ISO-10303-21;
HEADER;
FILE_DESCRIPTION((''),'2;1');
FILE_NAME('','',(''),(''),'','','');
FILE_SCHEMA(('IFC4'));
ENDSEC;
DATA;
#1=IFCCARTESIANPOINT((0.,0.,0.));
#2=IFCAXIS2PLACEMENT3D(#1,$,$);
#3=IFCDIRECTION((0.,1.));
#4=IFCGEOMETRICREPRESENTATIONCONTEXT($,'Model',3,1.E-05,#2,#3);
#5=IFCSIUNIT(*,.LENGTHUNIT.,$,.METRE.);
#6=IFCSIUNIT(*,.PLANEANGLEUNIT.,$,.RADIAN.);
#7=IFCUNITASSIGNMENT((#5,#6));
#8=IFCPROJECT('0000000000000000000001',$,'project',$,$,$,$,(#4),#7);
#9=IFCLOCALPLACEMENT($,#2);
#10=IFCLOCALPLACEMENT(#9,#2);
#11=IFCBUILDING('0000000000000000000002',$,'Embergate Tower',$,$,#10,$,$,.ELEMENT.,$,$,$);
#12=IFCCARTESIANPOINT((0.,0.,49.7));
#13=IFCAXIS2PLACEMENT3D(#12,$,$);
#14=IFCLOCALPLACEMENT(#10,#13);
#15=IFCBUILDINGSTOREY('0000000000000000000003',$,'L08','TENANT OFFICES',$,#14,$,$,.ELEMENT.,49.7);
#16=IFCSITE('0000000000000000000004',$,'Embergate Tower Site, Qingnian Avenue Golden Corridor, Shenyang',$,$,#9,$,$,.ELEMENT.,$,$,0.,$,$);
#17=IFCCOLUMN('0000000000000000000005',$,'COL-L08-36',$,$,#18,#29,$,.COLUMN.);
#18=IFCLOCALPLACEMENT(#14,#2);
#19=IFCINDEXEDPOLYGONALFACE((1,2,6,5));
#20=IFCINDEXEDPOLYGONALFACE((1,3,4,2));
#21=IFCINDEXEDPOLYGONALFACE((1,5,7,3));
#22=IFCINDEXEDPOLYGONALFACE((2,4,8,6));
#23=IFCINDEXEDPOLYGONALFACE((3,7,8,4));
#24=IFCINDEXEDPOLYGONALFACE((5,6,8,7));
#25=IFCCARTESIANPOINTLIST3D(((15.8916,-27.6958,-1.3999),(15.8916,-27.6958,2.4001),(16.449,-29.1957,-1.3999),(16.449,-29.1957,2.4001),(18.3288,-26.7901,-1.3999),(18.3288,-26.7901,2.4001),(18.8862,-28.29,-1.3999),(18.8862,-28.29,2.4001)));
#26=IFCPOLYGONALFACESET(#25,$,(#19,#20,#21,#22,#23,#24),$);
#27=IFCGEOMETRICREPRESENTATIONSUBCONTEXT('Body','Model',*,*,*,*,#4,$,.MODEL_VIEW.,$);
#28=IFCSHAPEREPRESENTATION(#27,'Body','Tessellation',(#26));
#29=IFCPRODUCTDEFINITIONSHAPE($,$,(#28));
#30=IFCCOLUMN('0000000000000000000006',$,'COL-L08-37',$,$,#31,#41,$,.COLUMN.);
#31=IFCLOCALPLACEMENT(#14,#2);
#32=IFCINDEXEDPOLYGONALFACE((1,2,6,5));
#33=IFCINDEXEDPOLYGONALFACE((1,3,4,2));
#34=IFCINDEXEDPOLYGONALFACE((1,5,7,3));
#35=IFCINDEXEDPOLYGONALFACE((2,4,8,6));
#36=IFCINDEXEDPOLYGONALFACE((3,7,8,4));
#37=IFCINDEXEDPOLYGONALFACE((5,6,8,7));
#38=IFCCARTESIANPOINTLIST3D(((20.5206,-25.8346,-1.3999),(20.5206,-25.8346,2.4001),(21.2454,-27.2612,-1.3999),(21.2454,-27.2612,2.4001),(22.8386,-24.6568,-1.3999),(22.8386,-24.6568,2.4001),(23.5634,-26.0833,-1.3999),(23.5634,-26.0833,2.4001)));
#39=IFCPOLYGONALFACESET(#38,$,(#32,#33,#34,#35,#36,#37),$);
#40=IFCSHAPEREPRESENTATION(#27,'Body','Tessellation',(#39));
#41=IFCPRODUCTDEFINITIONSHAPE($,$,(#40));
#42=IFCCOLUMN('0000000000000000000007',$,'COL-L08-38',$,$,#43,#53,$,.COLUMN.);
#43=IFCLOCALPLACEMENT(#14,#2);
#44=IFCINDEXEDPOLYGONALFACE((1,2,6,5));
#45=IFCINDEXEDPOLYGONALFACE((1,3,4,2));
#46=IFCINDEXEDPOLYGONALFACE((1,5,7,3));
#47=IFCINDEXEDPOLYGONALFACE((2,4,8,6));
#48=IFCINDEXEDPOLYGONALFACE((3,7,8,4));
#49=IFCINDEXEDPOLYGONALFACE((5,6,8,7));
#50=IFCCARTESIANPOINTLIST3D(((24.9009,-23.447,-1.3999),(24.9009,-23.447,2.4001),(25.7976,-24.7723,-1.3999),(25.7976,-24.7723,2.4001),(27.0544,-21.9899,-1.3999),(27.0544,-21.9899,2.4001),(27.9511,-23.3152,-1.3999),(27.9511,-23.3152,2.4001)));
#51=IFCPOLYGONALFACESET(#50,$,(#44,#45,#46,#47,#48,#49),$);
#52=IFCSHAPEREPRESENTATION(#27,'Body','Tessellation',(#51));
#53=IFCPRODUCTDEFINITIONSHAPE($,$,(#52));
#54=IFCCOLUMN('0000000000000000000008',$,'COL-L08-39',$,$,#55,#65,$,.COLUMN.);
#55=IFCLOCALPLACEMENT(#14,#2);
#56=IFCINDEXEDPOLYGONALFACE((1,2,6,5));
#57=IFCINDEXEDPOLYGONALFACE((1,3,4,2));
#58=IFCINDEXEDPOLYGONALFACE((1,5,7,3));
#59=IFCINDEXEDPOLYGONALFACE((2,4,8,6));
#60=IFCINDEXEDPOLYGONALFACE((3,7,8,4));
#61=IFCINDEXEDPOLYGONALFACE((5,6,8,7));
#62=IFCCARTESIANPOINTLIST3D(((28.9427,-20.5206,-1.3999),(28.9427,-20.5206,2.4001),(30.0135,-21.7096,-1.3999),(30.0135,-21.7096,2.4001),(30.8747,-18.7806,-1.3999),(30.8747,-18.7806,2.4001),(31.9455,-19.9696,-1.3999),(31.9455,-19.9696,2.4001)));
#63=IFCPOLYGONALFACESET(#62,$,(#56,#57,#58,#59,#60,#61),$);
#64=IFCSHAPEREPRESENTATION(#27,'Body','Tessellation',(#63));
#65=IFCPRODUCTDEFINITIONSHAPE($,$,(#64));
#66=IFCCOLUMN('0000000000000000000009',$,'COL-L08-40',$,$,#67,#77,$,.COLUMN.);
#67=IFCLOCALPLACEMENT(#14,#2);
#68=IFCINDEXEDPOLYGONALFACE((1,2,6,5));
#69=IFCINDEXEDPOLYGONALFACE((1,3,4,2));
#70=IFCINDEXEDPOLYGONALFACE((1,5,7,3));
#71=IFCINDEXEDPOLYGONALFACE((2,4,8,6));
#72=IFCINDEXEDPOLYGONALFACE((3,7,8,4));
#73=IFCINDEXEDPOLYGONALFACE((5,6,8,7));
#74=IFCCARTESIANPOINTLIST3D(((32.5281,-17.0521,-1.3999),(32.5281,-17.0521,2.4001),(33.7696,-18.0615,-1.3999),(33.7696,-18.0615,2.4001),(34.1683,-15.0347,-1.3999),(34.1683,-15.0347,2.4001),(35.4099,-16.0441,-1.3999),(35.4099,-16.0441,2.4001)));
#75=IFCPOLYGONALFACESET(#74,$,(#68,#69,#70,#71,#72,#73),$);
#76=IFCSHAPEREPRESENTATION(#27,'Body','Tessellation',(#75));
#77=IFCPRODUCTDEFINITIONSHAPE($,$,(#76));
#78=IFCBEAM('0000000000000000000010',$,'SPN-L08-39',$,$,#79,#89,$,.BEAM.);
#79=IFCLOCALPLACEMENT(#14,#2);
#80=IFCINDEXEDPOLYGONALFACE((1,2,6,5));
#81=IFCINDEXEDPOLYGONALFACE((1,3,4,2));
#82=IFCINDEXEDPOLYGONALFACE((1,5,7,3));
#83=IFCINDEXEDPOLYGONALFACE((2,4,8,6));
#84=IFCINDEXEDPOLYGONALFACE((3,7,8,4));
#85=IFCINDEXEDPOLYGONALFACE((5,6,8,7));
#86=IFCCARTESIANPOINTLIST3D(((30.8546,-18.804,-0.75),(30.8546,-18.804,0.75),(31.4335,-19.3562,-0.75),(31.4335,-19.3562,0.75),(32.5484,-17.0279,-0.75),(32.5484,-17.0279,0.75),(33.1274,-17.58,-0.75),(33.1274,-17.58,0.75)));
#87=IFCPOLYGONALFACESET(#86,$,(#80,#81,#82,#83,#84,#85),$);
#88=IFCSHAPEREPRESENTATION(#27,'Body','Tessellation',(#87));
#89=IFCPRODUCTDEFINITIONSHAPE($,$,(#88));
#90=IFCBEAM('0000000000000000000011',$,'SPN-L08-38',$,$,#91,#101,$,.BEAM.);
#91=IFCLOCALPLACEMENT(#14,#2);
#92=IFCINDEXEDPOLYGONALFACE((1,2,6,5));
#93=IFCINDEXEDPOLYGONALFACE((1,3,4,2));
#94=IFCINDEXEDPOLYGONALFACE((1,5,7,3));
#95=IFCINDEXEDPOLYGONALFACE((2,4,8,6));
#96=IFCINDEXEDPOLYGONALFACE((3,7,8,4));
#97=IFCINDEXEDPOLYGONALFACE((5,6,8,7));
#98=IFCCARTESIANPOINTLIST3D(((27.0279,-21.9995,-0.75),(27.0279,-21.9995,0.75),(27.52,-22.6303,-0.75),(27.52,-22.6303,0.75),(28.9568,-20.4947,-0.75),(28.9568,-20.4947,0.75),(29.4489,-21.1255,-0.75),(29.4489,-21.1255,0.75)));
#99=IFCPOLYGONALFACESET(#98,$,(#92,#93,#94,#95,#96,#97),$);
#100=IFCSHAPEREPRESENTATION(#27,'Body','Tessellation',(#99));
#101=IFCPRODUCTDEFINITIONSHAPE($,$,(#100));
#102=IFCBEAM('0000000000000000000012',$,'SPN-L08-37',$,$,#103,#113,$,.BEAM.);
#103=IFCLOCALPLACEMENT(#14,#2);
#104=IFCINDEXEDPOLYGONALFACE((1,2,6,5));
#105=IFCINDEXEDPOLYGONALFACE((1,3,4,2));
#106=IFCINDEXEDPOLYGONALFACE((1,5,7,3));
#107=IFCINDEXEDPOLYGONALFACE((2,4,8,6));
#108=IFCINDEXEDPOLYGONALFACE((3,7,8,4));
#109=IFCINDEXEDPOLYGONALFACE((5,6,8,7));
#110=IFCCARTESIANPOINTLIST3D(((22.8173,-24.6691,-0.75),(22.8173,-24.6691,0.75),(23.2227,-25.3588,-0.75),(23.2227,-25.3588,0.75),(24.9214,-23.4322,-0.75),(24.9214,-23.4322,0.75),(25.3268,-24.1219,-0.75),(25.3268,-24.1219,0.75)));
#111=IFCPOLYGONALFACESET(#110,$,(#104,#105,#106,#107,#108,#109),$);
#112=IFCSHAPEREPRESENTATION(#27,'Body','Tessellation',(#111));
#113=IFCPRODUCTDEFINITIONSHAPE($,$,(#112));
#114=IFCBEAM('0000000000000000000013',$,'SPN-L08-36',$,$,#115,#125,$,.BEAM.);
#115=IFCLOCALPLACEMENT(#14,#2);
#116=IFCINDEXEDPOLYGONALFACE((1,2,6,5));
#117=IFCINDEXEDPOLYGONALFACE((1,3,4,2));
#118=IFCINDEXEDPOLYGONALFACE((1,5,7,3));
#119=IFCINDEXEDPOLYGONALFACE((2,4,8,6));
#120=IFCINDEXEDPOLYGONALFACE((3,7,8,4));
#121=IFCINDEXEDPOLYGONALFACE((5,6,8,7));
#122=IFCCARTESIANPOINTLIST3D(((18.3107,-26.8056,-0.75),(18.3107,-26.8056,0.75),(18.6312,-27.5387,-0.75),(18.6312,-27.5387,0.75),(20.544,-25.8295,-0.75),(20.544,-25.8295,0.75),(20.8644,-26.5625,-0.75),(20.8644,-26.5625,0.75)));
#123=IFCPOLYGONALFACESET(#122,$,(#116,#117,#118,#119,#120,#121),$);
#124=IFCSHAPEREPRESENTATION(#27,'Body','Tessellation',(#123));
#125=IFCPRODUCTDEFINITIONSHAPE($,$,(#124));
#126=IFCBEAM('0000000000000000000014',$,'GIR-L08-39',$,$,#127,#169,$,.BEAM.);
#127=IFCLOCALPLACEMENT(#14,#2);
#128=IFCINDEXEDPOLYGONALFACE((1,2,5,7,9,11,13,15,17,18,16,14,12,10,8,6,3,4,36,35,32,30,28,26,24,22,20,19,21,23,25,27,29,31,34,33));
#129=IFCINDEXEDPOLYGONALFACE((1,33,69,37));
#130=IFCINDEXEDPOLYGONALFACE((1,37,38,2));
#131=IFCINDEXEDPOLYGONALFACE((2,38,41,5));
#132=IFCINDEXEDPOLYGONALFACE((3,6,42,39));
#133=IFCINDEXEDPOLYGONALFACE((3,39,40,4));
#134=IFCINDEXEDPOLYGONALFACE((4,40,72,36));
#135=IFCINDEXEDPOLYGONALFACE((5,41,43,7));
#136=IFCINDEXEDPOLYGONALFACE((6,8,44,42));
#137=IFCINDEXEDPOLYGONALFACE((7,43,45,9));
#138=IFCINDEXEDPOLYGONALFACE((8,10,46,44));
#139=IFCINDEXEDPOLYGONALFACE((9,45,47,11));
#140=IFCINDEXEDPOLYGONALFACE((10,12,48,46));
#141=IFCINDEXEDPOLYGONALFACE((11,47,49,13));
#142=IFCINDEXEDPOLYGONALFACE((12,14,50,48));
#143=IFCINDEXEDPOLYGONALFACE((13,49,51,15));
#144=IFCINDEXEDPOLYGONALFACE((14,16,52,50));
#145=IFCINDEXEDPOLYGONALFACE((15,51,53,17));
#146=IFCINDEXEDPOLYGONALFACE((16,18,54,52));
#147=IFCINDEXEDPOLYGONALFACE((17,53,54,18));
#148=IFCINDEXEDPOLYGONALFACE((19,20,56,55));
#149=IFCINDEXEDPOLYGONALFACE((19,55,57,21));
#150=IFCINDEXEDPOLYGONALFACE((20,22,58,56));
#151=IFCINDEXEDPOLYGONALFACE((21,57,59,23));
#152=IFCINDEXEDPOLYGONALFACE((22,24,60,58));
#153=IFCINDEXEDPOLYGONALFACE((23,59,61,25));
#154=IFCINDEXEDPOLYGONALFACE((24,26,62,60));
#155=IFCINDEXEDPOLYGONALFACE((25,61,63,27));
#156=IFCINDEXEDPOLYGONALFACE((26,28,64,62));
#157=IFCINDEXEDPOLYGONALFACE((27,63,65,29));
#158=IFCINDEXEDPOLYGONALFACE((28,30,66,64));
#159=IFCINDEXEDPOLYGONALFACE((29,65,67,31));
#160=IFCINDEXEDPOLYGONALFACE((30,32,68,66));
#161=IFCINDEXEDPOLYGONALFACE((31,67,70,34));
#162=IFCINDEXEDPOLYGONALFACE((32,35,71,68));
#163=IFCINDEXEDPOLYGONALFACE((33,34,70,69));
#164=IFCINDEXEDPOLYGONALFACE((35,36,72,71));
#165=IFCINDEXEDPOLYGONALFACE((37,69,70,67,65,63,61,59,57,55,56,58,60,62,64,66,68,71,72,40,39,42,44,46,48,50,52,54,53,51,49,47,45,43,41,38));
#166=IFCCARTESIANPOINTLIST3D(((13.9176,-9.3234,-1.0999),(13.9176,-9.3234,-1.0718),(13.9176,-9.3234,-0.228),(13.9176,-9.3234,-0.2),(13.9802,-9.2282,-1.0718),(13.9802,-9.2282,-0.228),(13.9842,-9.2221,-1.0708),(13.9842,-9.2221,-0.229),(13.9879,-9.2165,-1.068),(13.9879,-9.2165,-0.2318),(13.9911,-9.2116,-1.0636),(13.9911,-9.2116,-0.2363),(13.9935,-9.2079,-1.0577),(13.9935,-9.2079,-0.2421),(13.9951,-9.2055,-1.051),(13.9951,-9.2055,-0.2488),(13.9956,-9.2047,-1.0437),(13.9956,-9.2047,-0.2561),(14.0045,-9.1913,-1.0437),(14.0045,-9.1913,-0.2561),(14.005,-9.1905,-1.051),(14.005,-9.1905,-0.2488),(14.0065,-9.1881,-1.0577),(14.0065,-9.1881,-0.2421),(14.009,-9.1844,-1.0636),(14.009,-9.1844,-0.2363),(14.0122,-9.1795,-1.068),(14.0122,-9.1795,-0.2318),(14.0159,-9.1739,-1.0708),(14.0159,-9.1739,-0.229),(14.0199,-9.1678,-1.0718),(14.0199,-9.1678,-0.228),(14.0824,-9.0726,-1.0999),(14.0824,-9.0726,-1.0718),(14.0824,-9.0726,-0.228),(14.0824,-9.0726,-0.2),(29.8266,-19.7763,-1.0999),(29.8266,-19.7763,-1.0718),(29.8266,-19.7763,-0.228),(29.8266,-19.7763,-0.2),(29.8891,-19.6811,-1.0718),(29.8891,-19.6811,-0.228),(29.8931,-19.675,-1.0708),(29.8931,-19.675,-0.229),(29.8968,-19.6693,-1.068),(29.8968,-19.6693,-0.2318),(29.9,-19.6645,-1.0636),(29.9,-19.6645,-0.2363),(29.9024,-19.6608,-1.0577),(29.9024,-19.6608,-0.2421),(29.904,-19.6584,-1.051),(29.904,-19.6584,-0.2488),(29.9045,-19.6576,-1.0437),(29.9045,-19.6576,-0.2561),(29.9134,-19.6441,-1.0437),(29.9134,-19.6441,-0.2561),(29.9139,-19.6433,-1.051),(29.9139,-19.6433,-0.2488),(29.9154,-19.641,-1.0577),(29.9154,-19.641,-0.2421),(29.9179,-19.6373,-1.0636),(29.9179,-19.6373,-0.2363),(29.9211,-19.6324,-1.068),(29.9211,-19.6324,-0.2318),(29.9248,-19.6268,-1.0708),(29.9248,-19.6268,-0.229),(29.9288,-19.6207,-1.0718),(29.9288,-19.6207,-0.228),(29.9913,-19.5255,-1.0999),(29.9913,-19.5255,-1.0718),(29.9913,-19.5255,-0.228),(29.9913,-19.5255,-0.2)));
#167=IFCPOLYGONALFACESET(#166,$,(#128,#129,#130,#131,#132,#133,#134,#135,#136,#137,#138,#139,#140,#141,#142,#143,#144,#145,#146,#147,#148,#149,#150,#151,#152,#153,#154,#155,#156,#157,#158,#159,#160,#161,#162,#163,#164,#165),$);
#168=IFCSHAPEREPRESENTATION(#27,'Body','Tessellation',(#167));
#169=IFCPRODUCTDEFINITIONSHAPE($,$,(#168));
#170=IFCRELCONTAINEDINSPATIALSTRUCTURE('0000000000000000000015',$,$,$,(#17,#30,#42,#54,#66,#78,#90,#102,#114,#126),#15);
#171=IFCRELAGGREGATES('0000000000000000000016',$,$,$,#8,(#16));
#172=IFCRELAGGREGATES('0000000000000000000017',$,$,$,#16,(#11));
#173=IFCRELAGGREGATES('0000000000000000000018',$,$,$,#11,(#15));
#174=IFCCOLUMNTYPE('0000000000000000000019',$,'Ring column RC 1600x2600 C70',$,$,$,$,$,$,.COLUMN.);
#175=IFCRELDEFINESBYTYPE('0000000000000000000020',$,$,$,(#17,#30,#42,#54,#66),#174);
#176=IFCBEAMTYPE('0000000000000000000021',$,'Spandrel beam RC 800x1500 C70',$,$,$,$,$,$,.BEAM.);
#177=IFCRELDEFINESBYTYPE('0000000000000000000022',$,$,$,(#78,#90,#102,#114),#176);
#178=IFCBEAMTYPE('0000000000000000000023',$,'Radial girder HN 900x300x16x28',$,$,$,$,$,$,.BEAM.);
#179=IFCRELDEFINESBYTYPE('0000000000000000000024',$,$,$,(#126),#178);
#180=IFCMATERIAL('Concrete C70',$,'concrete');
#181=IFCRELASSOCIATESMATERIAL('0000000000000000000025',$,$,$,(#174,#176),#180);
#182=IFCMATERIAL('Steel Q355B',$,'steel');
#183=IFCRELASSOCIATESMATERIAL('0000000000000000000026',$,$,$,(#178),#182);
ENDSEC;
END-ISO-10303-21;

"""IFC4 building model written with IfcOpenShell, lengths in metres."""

from ifc_helpers import new_model, si_unit, direction, frame, origin, origin_2d, place, context, subcontext, project, spatial, rectangle, i_section, extrude, source, transform, mapped, material, material_profile, profile_set, type_object, element, save


model = new_model("IFC4")

# Units and contexts
model_context = context("Model", 3, precision=1e-05, world=origin(), true_north=direction((0.0, 1.0)))
body_context = subcontext(model_context, "Body", "Model", "MODEL_VIEW")
ifc_project = project(units=[si_unit("LENGTHUNIT", "METRE"), si_unit("PLANEANGLEUNIT", "RADIAN")], contexts=[model_context])

# Site, building, storey
site_placement = place(None, origin())
site = spatial("IfcSite", under=ifc_project, at=site_placement, Name="Embergate Tower Site, Qingnian Avenue Golden Corridor, Shenyang", CompositionType="ELEMENT", RefElevation=0.0)
building_placement = place(site_placement, origin())
building = spatial("IfcBuilding", under=site, at=building_placement, Name="Embergate Tower", CompositionType="ELEMENT")
storey_placement = place(building_placement, frame((0.0, 0.0, 49.7)))
storey = spatial("IfcBuildingStorey", under=building, at=storey_placement, Name="L08", Description="TENANT OFFICES", CompositionType="ELEMENT", Elevation=49.7)

# Columns
ifc_material_1 = material(Name="Concrete C70", Category="concrete")
ifc_material_profile_1 = material_profile(ifc_material_1, rectangle(XDim=1.6001, YDim=2.6001, at=origin_2d()), Name="RC 1600x2600")
ifc_profile_set_1 = profile_set([ifc_material_profile_1], Name="Concrete C70")
column_type = type_object("IfcColumnType", Name="Ring column RC 1600x2600 C70", PredefinedType="COLUMN", material=ifc_profile_set_1)
shared_shape_1 = source(origin(), body_context, "Body", "SweptSolid", [
    extrude(rectangle(XDim=1.6001, YDim=2.6001, at=origin_2d()), origin(), (0.0, 0.0, 1.0), 3.8),
])
for number, where, z_axis, x_axis, name in (
    (1, (17.3889, -27.9929, -1.3999), (0.0, 0.0, 1.0), (0.348343, -0.937367, 0.0), "COL-L08-36"),
    (2, (22.042, -25.959, -1.3999), (0.0, 0.0, 1.0), (0.452995, -0.891513, 0.0), "COL-L08-37"),
    (3, (26.426, -23.3811, -1.3999), (0.0, 0.0, 1.0), (0.560393, -0.828227, 0.0), "COL-L08-38"),
    (4, (30.4441, -20.2451, -1.3999), (0.0, 0.0, 1.0), (0.669208, -0.743075, 0.0), "COL-L08-39"),
    (5, (33.969, -16.5481, -1.3999), (0.0, 0.0, 1.0), (0.775914, -0.630838, 0.0), "COL-L08-40"),
):
    element("IfcColumn", number, at=place(storey_placement, frame(where, z_axis=z_axis, x_axis=x_axis)), inside=storey, type_object=column_type, Name=name, PredefinedType="COLUMN", context=body_context, shape_type="MappedRepresentation", body=[
        mapped(shared_shape_1, transform((0.0, 0.0, 0.0))),
    ])

# Beams
ifc_material_profile_2 = material_profile(ifc_material_1, rectangle(XDim=0.8, YDim=1.5, at=origin_2d()), Name="RC 800x1500")
ifc_profile_set_2 = profile_set([ifc_material_profile_2], Name="Concrete C70")
beam_type_1 = type_object("IfcBeamType", Name="Spandrel beam RC 800x1500 C70", PredefinedType="BEAM", material=ifc_profile_set_2)
shared_shape_2 = source(origin(), body_context, "Body", "SweptSolid", [
    extrude(rectangle(XDim=0.8, YDim=1.5, at=origin_2d()), origin(), (0.0, 0.0, 1.0), 2.4543),
])
beam_1_placement = place(storey_placement, frame((31.144, -19.0801, 0.0), z_axis=(0.690147, 0.723669, 0.0), x_axis=(-0.723669, 0.690147, 0.0)))
element("IfcBeam", 6, at=beam_1_placement, inside=storey, type_object=beam_type_1, Name="SPN-L08-39", PredefinedType="BEAM", context=body_context, shape_type="MappedRepresentation", body=[
    mapped(shared_shape_2, transform((0.0, 0.0, 0.0))),
])
shared_shape_3 = source(origin(), body_context, "Body", "SweptSolid", [
    extrude(rectangle(XDim=0.8, YDim=1.5, at=origin_2d()), origin(), (0.0, 0.0, 1.0), 2.4465),
])
beam_2_placement = place(storey_placement, frame((27.2739, -22.3149, 0.0), z_axis=(0.788443, 0.615107, 0.0), x_axis=(-0.615107, 0.788443, 0.0)))
element("IfcBeam", 7, at=beam_2_placement, inside=storey, type_object=beam_type_1, Name="SPN-L08-38", PredefinedType="BEAM", context=body_context, shape_type="MappedRepresentation", body=[
    mapped(shared_shape_3, transform((0.0, 0.0, 0.0))),
])
shared_shape_4 = source(origin(), body_context, "Body", "SweptSolid", [
    extrude(rectangle(XDim=0.8, YDim=1.5, at=origin_2d()), origin(), (0.0, 0.0, 1.0), 2.4407),
])
beam_3_placement = place(storey_placement, frame((23.02, -25.0139, 0.0), z_axis=(0.862083, 0.506767, 0.0), x_axis=(-0.506767, 0.862083, 0.0)))
element("IfcBeam", 8, at=beam_3_placement, inside=storey, type_object=beam_type_1, Name="SPN-L08-37", PredefinedType="BEAM", context=body_context, shape_type="MappedRepresentation", body=[
    mapped(shared_shape_4, transform((0.0, 0.0, 0.0))),
])
shared_shape_5 = source(origin(), body_context, "Body", "SweptSolid", [
    extrude(rectangle(XDim=0.8, YDim=1.5, at=origin_2d()), origin(), (0.0, 0.0, 1.0), 2.4373),
])
beam_4_placement = place(storey_placement, frame((18.4709, -27.1721, 0.0), z_axis=(0.916298, 0.400498, 0.0), x_axis=(-0.400498, 0.916298, 0.0)))
element("IfcBeam", 9, at=beam_4_placement, inside=storey, type_object=beam_type_1, Name="SPN-L08-36", PredefinedType="BEAM", context=body_context, shape_type="MappedRepresentation", body=[
    mapped(shared_shape_5, transform((0.0, 0.0, 0.0))),
])
ifc_material_2 = material(Name="Steel Q355B", Category="steel")
ifc_material_profile_3 = material_profile(ifc_material_2, i_section(OverallWidth=0.3, OverallDepth=0.8999, WebThickness=0.0161, FlangeThickness=0.0281, FilletRadius=0.0281, at=origin_2d()), Name="HN 900x300x16x28")
ifc_profile_set_3 = profile_set([ifc_material_profile_3], Name="Steel Q355 grade B")
beam_type_2 = type_object("IfcBeamType", Name="Radial girder HN 900x300x16x28", PredefinedType="BEAM", material=ifc_profile_set_3)
shared_shape_6 = source(origin(), body_context, "Body", "SweptSolid", [
    extrude(i_section(OverallWidth=0.3, OverallDepth=0.8999, WebThickness=0.0161, FlangeThickness=0.0281, FilletRadius=0.0281, at=origin_2d()), origin(), (0.0, 0.0, 1.0), 19.0356),
])
beam_5_placement = place(storey_placement, frame((29.9089, -19.6509, -0.6499), z_axis=(-0.835743, 0.549121, 0.0), x_axis=(-0.549121, -0.835743, 0.0)))
element("IfcBeam", 10, at=beam_5_placement, inside=storey, type_object=beam_type_2, Name="GIR-L08-39", PredefinedType="BEAM", context=body_context, shape_type="MappedRepresentation", body=[
    mapped(shared_shape_6, transform((0.0, 0.0, 0.0))),
])

save(model, "model.ifc")
